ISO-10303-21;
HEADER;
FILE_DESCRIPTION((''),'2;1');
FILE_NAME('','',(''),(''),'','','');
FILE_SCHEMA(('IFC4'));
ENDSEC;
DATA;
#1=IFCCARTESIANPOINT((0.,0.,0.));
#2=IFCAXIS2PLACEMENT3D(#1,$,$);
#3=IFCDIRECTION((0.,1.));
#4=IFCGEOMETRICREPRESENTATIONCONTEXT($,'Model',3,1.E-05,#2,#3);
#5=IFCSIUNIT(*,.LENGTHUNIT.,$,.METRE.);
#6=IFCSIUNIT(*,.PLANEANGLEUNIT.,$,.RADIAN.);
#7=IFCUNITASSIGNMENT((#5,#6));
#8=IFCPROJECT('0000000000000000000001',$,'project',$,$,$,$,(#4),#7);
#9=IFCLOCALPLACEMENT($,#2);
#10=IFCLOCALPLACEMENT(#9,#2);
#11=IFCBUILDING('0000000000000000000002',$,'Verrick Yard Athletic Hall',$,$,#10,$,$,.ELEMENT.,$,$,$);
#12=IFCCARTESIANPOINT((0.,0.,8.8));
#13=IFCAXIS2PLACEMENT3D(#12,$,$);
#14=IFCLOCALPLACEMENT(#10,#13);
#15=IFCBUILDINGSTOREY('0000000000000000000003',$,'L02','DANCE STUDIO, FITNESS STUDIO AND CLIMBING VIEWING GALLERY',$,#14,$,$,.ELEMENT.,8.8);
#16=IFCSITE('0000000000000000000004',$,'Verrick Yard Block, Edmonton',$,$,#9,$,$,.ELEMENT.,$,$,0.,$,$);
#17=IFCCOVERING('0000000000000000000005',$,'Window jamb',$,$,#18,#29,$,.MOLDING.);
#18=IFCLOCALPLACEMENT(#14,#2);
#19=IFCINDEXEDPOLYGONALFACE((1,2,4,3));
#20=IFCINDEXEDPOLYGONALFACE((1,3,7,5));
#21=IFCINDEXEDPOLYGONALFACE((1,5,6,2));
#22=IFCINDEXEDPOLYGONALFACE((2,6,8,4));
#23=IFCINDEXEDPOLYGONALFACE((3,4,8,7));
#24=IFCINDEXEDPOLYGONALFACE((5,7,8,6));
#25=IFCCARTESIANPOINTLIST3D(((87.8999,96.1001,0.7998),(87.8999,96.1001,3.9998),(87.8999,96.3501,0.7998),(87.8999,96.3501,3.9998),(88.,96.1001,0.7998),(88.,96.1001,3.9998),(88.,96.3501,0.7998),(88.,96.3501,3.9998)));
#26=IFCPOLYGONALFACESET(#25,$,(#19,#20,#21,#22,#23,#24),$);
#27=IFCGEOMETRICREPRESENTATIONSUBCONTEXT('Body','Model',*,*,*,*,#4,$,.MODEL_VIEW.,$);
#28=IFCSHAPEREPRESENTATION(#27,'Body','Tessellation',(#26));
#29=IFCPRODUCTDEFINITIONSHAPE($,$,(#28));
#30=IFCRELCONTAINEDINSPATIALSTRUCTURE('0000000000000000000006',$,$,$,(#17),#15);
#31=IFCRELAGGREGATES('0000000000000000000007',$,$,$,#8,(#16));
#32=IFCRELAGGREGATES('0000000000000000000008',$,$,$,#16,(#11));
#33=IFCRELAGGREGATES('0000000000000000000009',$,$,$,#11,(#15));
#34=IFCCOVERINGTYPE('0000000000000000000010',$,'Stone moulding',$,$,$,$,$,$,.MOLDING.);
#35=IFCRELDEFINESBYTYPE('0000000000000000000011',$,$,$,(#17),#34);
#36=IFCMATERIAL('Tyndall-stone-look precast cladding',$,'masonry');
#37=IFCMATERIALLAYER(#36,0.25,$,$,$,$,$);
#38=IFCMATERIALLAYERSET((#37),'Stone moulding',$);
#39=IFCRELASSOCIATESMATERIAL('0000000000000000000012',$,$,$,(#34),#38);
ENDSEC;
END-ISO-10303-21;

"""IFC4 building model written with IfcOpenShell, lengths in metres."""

from ifc_helpers import new_model, si_unit, direction, frame, origin, origin_2d, place, context, subcontext, project, spatial, rectangle, extrude, material, layer, layer_set, type_object, element, save


model = new_model("IFC4")

# Units and contexts
model_context = context("Model", 3, precision=1e-05, world=origin(), true_north=direction((0.0, 1.0)))
body_context = subcontext(model_context, "Body", "Model", "MODEL_VIEW")
ifc_project = project(units=[si_unit("LENGTHUNIT", "METRE"), si_unit("PLANEANGLEUNIT", "RADIAN")], contexts=[model_context])

# Site, building, storey
site_placement = place(None, origin())
site = spatial("IfcSite", under=ifc_project, at=site_placement, Name="Verrick Yard Block, Edmonton", CompositionType="ELEMENT", RefElevation=0.0)
building_placement = place(site_placement, origin())
building = spatial("IfcBuilding", under=site, at=building_placement, Name="Verrick Yard Athletic Hall", CompositionType="ELEMENT")
storey_placement = place(building_placement, frame((0.0, 0.0, 8.8)))
storey = spatial("IfcBuildingStorey", under=building, at=storey_placement, Name="L02", Description="DANCE STUDIO, FITNESS STUDIO AND CLIMBING VIEWING GALLERY", CompositionType="ELEMENT", Elevation=8.8)

# Covering
ifc_material_1 = material(Name="Tyndall-stone-look precast cladding", Category="masonry")
ifc_layer_1 = layer(ifc_material_1, 0.25)
ifc_layer_set_1 = layer_set([ifc_layer_1], Name="Stone moulding")
covering_type = type_object("IfcCoveringType", Name="Stone moulding", PredefinedType="MOLDING", material=ifc_layer_set_1)
for number, where, z_axis, x_axis, name in (
    (1, (87.95, 96.2251, 0.7998), (0.0, 0.0, 1.0), (0.0, 1.0, 0.0), "Window jamb"),
):
    element("IfcCovering", number, at=place(storey_placement, frame(where, z_axis=z_axis, x_axis=x_axis)), inside=storey, type_object=covering_type, Name=name, PredefinedType="MOLDING", context=body_context, shape_type="SweptSolid", body=[
        extrude(rectangle(XDim=0.25, YDim=0.1001, at=origin_2d()), origin(), (0.0, 0.0, 1.0), 3.2),
    ])

save(model, "model.ifc")
